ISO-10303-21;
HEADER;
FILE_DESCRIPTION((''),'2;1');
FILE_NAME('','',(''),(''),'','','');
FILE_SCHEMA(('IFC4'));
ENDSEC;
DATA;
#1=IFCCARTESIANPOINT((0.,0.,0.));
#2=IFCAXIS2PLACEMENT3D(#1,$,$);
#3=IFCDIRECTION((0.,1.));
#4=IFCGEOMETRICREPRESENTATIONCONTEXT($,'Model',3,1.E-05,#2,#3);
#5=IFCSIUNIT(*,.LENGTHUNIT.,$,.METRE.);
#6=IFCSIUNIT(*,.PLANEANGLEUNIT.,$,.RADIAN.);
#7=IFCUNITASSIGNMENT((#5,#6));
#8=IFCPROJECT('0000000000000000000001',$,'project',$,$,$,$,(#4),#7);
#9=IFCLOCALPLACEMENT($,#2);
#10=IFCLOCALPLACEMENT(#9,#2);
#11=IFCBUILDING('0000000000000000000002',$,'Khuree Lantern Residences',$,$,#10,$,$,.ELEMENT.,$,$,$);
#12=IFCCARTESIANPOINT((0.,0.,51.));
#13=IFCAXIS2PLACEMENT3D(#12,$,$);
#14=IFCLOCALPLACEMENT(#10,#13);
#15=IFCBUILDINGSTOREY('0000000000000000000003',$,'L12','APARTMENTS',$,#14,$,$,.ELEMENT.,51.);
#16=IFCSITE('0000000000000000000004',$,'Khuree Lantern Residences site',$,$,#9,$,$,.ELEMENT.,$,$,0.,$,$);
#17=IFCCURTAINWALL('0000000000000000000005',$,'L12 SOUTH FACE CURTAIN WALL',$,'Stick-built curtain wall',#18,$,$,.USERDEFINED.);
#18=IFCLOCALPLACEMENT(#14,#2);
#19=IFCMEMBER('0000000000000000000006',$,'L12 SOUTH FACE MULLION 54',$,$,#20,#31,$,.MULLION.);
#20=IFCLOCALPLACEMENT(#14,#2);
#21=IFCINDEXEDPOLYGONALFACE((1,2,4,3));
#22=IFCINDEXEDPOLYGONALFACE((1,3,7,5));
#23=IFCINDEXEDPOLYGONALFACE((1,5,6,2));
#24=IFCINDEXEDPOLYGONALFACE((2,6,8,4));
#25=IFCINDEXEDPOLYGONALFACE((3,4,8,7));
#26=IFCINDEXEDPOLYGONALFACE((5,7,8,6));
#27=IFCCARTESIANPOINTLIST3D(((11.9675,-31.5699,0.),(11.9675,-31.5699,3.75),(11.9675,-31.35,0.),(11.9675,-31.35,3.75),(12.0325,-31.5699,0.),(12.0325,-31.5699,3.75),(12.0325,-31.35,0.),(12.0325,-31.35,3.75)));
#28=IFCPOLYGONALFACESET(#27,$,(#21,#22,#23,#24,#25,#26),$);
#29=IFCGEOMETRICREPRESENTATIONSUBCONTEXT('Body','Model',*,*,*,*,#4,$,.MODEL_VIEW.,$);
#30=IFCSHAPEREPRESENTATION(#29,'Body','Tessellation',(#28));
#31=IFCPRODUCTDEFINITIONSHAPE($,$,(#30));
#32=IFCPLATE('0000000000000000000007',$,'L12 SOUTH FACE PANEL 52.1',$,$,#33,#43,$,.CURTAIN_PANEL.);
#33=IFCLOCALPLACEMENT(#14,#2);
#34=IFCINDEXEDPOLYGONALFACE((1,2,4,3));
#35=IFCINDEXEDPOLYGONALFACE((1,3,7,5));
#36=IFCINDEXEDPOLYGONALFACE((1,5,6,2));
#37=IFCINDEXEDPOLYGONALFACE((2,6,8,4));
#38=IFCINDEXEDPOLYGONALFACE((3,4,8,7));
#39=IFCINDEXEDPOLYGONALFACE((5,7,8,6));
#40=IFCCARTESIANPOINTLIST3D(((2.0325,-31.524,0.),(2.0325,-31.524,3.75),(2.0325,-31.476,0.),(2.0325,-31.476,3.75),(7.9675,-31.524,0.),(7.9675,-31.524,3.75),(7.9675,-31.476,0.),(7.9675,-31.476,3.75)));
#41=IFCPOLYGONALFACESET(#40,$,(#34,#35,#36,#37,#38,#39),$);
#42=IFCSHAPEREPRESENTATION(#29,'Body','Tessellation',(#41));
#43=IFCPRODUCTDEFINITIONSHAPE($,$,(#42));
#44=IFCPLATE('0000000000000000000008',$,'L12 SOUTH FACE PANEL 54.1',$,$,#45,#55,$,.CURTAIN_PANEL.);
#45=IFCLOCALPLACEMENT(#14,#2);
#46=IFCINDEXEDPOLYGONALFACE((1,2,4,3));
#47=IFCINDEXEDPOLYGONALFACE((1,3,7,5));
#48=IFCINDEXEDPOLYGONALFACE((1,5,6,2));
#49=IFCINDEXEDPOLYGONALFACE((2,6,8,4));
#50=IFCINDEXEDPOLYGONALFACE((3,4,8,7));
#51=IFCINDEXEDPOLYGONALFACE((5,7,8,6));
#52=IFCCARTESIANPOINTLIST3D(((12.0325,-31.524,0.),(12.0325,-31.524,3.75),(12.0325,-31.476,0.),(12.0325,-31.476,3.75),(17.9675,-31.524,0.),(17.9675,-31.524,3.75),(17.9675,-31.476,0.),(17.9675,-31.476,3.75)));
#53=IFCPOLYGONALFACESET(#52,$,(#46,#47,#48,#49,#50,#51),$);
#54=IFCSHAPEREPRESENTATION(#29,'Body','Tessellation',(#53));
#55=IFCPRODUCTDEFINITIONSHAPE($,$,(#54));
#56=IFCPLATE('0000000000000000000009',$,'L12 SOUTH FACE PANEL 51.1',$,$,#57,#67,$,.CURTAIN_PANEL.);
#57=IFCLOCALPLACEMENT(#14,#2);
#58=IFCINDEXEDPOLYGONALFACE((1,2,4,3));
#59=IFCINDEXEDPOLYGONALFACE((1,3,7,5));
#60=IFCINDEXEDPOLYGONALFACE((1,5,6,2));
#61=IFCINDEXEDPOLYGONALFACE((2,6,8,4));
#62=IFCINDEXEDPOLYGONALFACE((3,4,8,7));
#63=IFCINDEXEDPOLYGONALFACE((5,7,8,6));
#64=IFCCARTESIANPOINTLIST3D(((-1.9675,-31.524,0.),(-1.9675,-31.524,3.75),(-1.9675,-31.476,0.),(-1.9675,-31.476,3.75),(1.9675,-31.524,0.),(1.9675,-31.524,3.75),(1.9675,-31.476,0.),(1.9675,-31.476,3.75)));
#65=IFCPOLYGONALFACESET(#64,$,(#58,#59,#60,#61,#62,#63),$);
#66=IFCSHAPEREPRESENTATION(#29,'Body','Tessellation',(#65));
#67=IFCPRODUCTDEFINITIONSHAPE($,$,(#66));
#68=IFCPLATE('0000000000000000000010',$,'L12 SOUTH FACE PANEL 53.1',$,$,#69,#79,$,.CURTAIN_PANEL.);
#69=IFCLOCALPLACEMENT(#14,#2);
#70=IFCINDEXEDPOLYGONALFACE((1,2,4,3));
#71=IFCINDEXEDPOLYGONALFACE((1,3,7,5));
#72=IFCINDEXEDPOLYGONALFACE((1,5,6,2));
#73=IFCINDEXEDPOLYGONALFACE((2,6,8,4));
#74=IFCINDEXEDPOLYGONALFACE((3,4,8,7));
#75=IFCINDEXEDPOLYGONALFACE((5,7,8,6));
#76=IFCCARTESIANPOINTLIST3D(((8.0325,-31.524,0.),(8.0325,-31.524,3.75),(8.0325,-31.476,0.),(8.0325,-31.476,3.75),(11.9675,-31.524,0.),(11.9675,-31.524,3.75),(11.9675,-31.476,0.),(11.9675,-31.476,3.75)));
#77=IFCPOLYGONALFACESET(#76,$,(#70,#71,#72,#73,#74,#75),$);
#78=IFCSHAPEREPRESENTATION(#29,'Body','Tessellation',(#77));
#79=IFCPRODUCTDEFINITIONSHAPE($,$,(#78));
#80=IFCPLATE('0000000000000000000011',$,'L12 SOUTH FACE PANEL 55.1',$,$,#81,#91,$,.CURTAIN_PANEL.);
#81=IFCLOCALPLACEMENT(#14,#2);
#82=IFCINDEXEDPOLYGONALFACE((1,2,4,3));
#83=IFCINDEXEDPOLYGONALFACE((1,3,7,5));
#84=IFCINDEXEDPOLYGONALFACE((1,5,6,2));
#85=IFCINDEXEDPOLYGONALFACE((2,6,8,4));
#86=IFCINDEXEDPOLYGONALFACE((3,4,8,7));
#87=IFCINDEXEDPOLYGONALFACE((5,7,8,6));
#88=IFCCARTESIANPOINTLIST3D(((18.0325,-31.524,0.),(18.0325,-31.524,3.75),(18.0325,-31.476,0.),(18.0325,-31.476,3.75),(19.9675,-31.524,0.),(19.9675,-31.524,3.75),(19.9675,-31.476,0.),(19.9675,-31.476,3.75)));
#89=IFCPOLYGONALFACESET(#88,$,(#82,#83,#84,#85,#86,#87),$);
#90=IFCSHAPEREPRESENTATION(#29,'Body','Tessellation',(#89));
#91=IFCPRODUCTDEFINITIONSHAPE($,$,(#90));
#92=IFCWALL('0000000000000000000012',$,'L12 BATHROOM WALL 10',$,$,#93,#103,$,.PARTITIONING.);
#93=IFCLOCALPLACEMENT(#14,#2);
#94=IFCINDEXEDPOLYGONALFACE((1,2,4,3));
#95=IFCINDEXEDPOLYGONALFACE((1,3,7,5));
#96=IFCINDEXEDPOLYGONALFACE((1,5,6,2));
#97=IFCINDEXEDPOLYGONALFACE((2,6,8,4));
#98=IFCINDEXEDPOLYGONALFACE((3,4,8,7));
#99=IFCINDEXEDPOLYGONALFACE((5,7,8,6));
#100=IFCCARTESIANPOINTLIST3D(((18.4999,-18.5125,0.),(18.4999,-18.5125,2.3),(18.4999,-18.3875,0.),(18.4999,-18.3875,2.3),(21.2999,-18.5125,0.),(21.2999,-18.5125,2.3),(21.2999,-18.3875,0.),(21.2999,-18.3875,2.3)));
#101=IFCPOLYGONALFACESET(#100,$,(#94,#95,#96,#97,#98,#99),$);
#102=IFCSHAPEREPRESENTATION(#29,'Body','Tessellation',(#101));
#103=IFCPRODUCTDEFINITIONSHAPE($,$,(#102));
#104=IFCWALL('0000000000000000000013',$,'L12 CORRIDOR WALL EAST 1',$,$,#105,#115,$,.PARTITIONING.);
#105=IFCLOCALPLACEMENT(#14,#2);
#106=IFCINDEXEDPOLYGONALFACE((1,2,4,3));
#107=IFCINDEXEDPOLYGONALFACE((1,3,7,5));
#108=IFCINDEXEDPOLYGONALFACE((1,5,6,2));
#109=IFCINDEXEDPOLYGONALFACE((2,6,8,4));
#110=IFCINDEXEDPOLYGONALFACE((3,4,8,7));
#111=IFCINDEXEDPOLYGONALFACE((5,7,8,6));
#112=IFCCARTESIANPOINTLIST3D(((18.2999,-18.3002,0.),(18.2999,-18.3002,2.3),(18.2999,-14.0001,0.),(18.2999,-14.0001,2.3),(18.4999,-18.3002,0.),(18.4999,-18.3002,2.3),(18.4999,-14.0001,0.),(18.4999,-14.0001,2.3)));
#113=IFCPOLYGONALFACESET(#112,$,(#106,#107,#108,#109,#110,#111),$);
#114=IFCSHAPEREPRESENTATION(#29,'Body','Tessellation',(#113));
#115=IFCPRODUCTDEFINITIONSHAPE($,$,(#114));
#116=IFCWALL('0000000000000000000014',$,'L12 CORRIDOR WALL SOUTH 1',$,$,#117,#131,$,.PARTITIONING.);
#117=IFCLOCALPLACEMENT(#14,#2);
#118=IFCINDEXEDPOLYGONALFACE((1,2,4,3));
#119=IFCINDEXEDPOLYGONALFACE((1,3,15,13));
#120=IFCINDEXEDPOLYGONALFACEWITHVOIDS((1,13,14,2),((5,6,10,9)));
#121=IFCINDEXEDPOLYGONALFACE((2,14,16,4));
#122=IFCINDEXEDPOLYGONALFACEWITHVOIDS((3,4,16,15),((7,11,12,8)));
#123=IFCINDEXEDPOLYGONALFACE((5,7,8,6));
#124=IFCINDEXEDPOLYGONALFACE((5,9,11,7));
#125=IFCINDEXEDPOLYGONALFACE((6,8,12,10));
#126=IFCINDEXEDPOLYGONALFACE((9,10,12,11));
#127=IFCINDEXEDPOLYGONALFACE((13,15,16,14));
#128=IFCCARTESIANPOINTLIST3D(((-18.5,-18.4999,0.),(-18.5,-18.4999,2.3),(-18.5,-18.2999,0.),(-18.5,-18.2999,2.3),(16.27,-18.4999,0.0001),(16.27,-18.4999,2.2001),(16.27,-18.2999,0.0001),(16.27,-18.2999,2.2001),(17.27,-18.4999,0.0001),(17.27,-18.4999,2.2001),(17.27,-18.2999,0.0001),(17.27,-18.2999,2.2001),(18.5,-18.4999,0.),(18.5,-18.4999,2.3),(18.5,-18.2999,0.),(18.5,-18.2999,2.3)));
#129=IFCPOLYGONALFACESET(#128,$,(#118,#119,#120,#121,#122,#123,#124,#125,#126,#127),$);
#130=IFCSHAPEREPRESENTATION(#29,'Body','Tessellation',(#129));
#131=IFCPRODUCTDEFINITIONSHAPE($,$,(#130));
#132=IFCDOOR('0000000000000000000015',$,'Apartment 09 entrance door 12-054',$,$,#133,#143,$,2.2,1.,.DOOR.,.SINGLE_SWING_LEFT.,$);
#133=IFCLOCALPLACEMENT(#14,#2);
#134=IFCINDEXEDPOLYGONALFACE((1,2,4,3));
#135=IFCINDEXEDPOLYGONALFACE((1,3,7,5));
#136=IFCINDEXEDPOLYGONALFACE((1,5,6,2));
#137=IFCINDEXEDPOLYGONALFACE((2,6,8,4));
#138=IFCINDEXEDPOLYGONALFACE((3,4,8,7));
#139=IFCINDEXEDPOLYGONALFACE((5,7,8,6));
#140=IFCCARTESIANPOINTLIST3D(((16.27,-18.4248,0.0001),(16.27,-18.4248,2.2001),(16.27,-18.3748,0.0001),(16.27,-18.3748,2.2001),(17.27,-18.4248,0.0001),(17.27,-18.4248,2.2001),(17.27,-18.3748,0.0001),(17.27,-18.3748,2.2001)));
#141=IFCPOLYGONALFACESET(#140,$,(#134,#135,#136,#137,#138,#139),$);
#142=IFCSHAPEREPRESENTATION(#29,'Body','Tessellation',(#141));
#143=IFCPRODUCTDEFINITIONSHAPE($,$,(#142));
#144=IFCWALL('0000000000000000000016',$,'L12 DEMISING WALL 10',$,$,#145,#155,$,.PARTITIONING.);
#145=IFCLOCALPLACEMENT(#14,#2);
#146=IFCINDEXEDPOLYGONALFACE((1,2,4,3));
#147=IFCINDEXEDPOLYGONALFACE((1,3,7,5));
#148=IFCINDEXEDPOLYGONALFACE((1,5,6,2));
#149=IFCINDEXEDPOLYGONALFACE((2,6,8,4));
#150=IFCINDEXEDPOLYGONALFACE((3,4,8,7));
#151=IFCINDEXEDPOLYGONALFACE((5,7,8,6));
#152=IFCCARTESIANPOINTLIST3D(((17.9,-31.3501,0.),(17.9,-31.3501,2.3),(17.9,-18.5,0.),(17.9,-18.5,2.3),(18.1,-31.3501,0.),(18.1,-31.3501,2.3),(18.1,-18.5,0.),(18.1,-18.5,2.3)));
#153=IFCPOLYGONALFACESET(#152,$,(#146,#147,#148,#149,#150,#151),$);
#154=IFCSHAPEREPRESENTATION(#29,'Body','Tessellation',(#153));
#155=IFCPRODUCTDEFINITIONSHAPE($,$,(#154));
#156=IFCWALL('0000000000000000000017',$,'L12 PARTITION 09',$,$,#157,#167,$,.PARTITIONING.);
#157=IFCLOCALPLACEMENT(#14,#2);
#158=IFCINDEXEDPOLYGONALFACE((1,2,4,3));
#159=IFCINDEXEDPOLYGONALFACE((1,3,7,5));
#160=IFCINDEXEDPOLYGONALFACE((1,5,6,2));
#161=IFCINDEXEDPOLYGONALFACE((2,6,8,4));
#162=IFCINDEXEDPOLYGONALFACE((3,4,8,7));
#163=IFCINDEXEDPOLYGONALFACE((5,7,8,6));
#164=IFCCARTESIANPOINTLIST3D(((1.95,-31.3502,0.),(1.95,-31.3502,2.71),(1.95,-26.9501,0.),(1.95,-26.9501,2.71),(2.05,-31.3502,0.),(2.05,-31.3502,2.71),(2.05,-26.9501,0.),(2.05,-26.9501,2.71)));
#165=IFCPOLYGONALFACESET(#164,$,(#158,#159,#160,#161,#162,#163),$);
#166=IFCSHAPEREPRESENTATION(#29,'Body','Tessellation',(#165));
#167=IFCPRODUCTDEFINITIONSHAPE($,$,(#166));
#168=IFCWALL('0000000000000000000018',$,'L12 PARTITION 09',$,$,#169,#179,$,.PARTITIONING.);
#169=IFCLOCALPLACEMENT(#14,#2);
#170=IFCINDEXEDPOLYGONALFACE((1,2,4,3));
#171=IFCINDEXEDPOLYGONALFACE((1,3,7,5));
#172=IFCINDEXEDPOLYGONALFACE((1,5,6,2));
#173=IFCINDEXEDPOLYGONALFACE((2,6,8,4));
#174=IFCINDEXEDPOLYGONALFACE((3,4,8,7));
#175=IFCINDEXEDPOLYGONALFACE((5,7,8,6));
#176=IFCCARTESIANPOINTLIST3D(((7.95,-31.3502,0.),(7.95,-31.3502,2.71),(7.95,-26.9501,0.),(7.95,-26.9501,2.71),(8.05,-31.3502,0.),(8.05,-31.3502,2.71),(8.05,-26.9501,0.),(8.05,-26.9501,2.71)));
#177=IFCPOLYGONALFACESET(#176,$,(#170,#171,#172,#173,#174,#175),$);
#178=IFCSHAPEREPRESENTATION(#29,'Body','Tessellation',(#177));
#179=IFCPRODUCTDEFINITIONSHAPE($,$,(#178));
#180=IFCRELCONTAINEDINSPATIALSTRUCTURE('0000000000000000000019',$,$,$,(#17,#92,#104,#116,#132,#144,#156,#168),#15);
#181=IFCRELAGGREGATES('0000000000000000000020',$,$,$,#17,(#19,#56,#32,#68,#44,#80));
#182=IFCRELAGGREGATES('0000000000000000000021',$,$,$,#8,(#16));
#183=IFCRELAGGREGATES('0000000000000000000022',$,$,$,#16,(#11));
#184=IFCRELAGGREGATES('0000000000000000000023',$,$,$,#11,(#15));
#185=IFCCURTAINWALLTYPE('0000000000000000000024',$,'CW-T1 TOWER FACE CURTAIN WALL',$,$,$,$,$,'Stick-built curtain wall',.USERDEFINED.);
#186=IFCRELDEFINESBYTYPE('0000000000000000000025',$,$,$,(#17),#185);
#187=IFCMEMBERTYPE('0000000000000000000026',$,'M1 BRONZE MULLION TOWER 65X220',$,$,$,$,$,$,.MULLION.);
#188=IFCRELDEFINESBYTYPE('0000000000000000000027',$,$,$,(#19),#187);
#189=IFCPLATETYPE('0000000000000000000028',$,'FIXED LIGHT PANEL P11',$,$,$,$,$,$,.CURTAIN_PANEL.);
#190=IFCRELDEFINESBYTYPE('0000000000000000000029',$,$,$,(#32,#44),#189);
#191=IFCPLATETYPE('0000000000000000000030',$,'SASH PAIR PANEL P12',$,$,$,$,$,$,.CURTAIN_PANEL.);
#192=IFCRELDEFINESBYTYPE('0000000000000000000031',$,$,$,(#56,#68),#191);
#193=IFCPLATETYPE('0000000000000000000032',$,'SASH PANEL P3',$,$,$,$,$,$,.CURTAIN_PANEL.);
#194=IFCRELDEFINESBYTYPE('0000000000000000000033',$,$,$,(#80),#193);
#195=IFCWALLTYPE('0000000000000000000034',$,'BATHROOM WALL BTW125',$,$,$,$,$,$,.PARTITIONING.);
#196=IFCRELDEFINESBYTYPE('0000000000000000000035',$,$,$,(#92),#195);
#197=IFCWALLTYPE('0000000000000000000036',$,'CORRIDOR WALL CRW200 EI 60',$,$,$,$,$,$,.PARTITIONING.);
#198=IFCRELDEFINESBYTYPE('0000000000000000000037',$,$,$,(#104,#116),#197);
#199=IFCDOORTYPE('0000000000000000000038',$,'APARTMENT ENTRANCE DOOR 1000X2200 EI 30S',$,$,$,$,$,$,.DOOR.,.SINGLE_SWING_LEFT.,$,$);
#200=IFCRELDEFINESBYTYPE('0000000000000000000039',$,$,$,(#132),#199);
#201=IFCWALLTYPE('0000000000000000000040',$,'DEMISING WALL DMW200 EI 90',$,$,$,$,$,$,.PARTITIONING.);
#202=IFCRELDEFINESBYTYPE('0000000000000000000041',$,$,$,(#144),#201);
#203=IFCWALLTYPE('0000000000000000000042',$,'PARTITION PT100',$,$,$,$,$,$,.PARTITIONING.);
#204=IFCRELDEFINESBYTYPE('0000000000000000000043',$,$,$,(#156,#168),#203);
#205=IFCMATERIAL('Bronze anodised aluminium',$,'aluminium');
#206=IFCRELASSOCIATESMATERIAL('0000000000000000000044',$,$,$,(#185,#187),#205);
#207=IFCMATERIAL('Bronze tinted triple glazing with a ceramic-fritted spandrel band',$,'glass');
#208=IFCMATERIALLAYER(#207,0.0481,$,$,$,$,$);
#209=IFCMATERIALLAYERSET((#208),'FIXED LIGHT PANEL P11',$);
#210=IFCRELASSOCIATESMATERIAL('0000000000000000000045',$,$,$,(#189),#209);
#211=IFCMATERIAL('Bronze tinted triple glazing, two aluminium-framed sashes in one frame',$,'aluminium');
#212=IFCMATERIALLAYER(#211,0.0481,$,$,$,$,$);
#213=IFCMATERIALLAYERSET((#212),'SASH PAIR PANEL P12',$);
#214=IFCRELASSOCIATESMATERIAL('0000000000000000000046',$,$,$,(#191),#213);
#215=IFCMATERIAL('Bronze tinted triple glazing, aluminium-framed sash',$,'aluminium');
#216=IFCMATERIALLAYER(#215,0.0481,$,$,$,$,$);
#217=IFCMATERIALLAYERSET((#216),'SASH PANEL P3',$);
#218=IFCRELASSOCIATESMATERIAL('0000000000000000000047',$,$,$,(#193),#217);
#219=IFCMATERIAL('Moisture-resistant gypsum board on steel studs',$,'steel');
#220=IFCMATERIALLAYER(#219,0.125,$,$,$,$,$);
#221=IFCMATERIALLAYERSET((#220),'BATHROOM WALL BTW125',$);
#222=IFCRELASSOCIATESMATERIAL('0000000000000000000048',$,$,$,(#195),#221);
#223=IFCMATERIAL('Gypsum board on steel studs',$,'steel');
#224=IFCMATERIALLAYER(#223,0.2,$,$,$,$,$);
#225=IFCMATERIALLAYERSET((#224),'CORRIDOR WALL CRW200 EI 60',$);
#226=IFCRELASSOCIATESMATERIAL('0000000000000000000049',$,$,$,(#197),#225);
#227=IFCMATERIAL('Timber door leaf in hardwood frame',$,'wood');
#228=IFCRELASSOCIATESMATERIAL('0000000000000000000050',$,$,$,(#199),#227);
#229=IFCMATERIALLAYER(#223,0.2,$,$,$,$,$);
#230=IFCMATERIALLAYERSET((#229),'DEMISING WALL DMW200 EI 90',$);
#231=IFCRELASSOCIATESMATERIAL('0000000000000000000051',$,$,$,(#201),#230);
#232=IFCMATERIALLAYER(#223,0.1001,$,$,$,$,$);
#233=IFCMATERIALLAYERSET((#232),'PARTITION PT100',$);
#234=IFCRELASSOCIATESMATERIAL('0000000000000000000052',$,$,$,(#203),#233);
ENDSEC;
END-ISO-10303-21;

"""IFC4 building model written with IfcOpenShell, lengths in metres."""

from ifc_helpers import new_model, si_unit, direction, frame, frame_2d, origin, origin_2d, place, context, subcontext, project, spatial, rectangle, extrude, material, layer, layer_set, material_profile, profile_set, type_object, element, fill, aggregate, save


model = new_model("IFC4")

# Units and contexts
model_context = context("Model", 3, precision=1e-05, world=origin(), true_north=direction((0.0, 1.0)))
body_context = subcontext(model_context, "Body", "Model", "MODEL_VIEW")
ifc_project = project(units=[si_unit("LENGTHUNIT", "METRE"), si_unit("PLANEANGLEUNIT", "RADIAN")], contexts=[model_context])

# Site, building, storey
site_placement = place(None, origin())
site = spatial("IfcSite", under=ifc_project, at=site_placement, Name="Khuree Lantern Residences site", CompositionType="ELEMENT", RefElevation=0.0)
building_placement = place(site_placement, origin())
building = spatial("IfcBuilding", under=site, at=building_placement, Name="Khuree Lantern Residences", CompositionType="ELEMENT")
storey_placement = place(building_placement, frame((0.0, 0.0, 51.0)))
storey = spatial("IfcBuildingStorey", under=building, at=storey_placement, Name="L12", Description="APARTMENTS", CompositionType="ELEMENT", Elevation=51.0)

# Curtain wall
ifc_material_1 = material(Name="Bronze anodised aluminium", Category="aluminium")
curtain_wall_type = type_object("IfcCurtainWallType", Name="CW-T1 TOWER FACE CURTAIN WALL", ElementType="Stick-built curtain wall", PredefinedType="USERDEFINED", material=ifc_material_1)
curtain_wall_placement = place(storey_placement, origin())
curtain_wall = element("IfcCurtainWall", 1, at=curtain_wall_placement, inside=storey, type_object=curtain_wall_type, Name="L12 SOUTH FACE CURTAIN WALL", ObjectType="Stick-built curtain wall", PredefinedType="USERDEFINED")

# Member
ifc_material_profile_1 = material_profile(ifc_material_1, rectangle(XDim=0.0649, YDim=0.22, at=origin_2d()), Name="M1 65X220")
ifc_profile_set_1 = profile_set([ifc_material_profile_1], Name="Bronze anodised aluminium")
member_type_1 = type_object("IfcMemberType", Name="M1 BRONZE MULLION TOWER 65X220", PredefinedType="MULLION", material=ifc_profile_set_1)
member_1_placement = place(storey_placement, frame((12.0, -31.46, 0.0), z_axis=(0.0, 0.0, 1.0), x_axis=(1.0, 0.0, 0.0)))
member_1 = element("IfcMember", 2, at=member_1_placement, type_object=member_type_1, Name="L12 SOUTH FACE MULLION 54", PredefinedType="MULLION", context=body_context, shape_type="SweptSolid", body=[
    extrude(rectangle(XDim=0.0649, YDim=0.22, at=origin_2d()), origin(), (0.0, 0.0, 1.0), 3.75),
])

# Plates
ifc_material_2 = material(Name="Bronze tinted triple glazing with a ceramic-fritted spandrel band", Category="glass")
ifc_layer_1 = layer(ifc_material_2, 0.0481)
ifc_layer_set_1 = layer_set([ifc_layer_1], Name="FIXED LIGHT PANEL P11")
plate_type_1 = type_object("IfcPlateType", Name="FIXED LIGHT PANEL P11", PredefinedType="CURTAIN_PANEL", material=ifc_layer_set_1)
plate_1_placement = place(storey_placement, frame((5.0, -31.5, 0.0), z_axis=(0.0, 0.0, 1.0), x_axis=(1.0, 0.0, 0.0)))
plate_1 = element("IfcPlate", 3, at=plate_1_placement, type_object=plate_type_1, Name="L12 SOUTH FACE PANEL 52.1", PredefinedType="CURTAIN_PANEL", context=body_context, shape_type="SweptSolid", body=[
    extrude(rectangle(XDim=5.9351, YDim=0.0481, at=origin_2d()), origin(), (0.0, 0.0, 1.0), 3.75),
])
plate_2_placement = place(storey_placement, frame((15.0, -31.5, 0.0), z_axis=(0.0, 0.0, 1.0), x_axis=(1.0, 0.0, 0.0)))
plate_2 = element("IfcPlate", 4, at=plate_2_placement, type_object=plate_type_1, Name="L12 SOUTH FACE PANEL 54.1", PredefinedType="CURTAIN_PANEL", context=body_context, shape_type="SweptSolid", body=[
    extrude(rectangle(XDim=5.9351, YDim=0.0481, at=origin_2d()), origin(), (0.0, 0.0, 1.0), 3.75),
])
ifc_material_3 = material(Name="Bronze tinted triple glazing, two aluminium-framed sashes in one frame", Category="aluminium")
ifc_layer_2 = layer(ifc_material_3, 0.0481)
ifc_layer_set_2 = layer_set([ifc_layer_2], Name="SASH PAIR PANEL P12")
plate_type_2 = type_object("IfcPlateType", Name="SASH PAIR PANEL P12", PredefinedType="CURTAIN_PANEL", material=ifc_layer_set_2)
plate_3_placement = place(storey_placement, frame((0.0, -31.5, 0.0), z_axis=(0.0, 0.0, 1.0), x_axis=(1.0, 0.0, 0.0)))
plate_3 = element("IfcPlate", 5, at=plate_3_placement, type_object=plate_type_2, Name="L12 SOUTH FACE PANEL 51.1", PredefinedType="CURTAIN_PANEL", context=body_context, shape_type="SweptSolid", body=[
    extrude(rectangle(XDim=3.9351, YDim=0.0481, at=origin_2d()), origin(), (0.0, 0.0, 1.0), 3.75),
])
plate_4_placement = place(storey_placement, frame((10.0, -31.5, 0.0), z_axis=(0.0, 0.0, 1.0), x_axis=(1.0, 0.0, 0.0)))
plate_4 = element("IfcPlate", 6, at=plate_4_placement, type_object=plate_type_2, Name="L12 SOUTH FACE PANEL 53.1", PredefinedType="CURTAIN_PANEL", context=body_context, shape_type="SweptSolid", body=[
    extrude(rectangle(XDim=3.9351, YDim=0.0481, at=origin_2d()), origin(), (0.0, 0.0, 1.0), 3.75),
])
ifc_material_4 = material(Name="Bronze tinted triple glazing, aluminium-framed sash", Category="aluminium")
ifc_layer_3 = layer(ifc_material_4, 0.0481)
ifc_layer_set_3 = layer_set([ifc_layer_3], Name="SASH PANEL P3")
plate_type_3 = type_object("IfcPlateType", Name="SASH PANEL P3", PredefinedType="CURTAIN_PANEL", material=ifc_layer_set_3)
plate_5_placement = place(storey_placement, frame((19.0, -31.5, 0.0), z_axis=(0.0, 0.0, 1.0), x_axis=(1.0, 0.0, 0.0)))
plate_5 = element("IfcPlate", 7, at=plate_5_placement, type_object=plate_type_3, Name="L12 SOUTH FACE PANEL 55.1", PredefinedType="CURTAIN_PANEL", context=body_context, shape_type="SweptSolid", body=[
    extrude(rectangle(XDim=1.9351, YDim=0.0481, at=origin_2d()), origin(), (0.0, 0.0, 1.0), 3.75),
])
aggregate(curtain_wall, [member_1, plate_3, plate_1, plate_4, plate_2, plate_5])

# Walls
ifc_material_5 = material(Name="Moisture-resistant gypsum board on steel studs", Category="steel")
ifc_layer_4 = layer(ifc_material_5, 0.125)
ifc_layer_set_4 = layer_set([ifc_layer_4], Name="BATHROOM WALL BTW125")
wall_type_1 = type_object("IfcWallType", Name="BATHROOM WALL BTW125", PredefinedType="PARTITIONING", material=ifc_layer_set_4)
wall_1_placement = place(storey_placement, frame((18.5, -18.45, 0.0), z_axis=(0.0, 0.0, 1.0), x_axis=(1.0, 0.0, 0.0)))
element("IfcWall", 8, at=wall_1_placement, inside=storey, type_object=wall_type_1, Name="L12 BATHROOM WALL 10", PredefinedType="PARTITIONING", context=body_context, shape_type="SweptSolid", body=[
    extrude(rectangle(XDim=2.8, YDim=0.125, at=frame_2d((1.3999, 0.0))), origin(), (0.0, 0.0, 1.0), 2.3),
])
ifc_material_6 = material(Name="Gypsum board on steel studs", Category="steel")
ifc_layer_5 = layer(ifc_material_6, 0.2)
ifc_layer_set_5 = layer_set([ifc_layer_5], Name="CORRIDOR WALL CRW200 EI 60")
wall_type_2 = type_object("IfcWallType", Name="CORRIDOR WALL CRW200 EI 60", PredefinedType="PARTITIONING", material=ifc_layer_set_5)
wall_2_placement = place(storey_placement, frame((18.3999, -18.3, 0.0), z_axis=(0.0, 0.0, 1.0), x_axis=(0.0, 1.0, 0.0)))
element("IfcWall", 9, at=wall_2_placement, inside=storey, type_object=wall_type_2, Name="L12 CORRIDOR WALL EAST 1", PredefinedType="PARTITIONING", context=body_context, shape_type="SweptSolid", body=[
    extrude(rectangle(XDim=4.3, YDim=0.2, at=frame_2d((2.1499, 0.0))), origin(), (0.0, 0.0, 1.0), 2.3),
])

# Wall, opening, door
wall_3_placement = place(storey_placement, frame((18.5, -18.3999, 0.0), z_axis=(0.0, 0.0, 1.0), x_axis=(-1.0, 0.0, 0.0)))
wall_3 = element("IfcWall", 10, at=wall_3_placement, inside=storey, type_object=wall_type_2, Name="L12 CORRIDOR WALL SOUTH 1", PredefinedType="PARTITIONING", context=body_context, shape_type="SweptSolid", body=[
    extrude(rectangle(XDim=37.0, YDim=0.2, at=frame_2d((18.5, 0.0))), origin(), (0.0, 0.0, 1.0), 2.3),
])
opening_1_placement = place(wall_3_placement, frame((1.23, 0.0, 0.0)))
opening_1 = element("IfcOpeningElement", 11, at=opening_1_placement, cuts=wall_3, PredefinedType="OPENING", context=body_context, shape_type="SweptSolid", body=[
    extrude(rectangle(XDim=1.0, YDim=2.2, at=frame_2d((0.5, 1.1001))), frame((0.0, 0.1099, 0.0), z_axis=(0.0, -1.0, 0.0), x_axis=(1.0, 0.0, 0.0)), (0.0, 0.0, 1.0), 0.22),
])
ifc_material_7 = material(Name="Timber door leaf in hardwood frame", Category="wood")
door_type_1 = type_object("IfcDoorType", Name="APARTMENT ENTRANCE DOOR 1000X2200 EI 30S", OperationType="SINGLE_SWING_LEFT", PredefinedType="DOOR", material=ifc_material_7)
door_1_placement = place(opening_1_placement, origin())
door_1 = element("IfcDoor", 12, at=door_1_placement, inside=storey, type_object=door_type_1, Name="Apartment 09 entrance door 12-054", OperationType="SINGLE_SWING_LEFT", OverallHeight=2.2, OverallWidth=1.0, PredefinedType="DOOR", context=body_context, shape_type="SweptSolid", body=[
    extrude(rectangle(XDim=1.0, YDim=2.2, at=frame_2d((0.5, 1.1001))), frame((0.0, 0.0249, 0.0), z_axis=(0.0, -1.0, 0.0), x_axis=(1.0, 0.0, 0.0)), (0.0, 0.0, 1.0), 0.05),
])
fill(opening_1, door_1)

# Walls
ifc_layer_6 = layer(ifc_material_6, 0.2)
ifc_layer_set_6 = layer_set([ifc_layer_6], Name="DEMISING WALL DMW200 EI 90")
wall_type_3 = type_object("IfcWallType", Name="DEMISING WALL DMW200 EI 90", PredefinedType="PARTITIONING", material=ifc_layer_set_6)
wall_4_placement = place(storey_placement, frame((18.0, -18.5, 0.0), z_axis=(0.0, 0.0, 1.0), x_axis=(0.0, -1.0, 0.0)))
element("IfcWall", 13, at=wall_4_placement, inside=storey, type_object=wall_type_3, Name="L12 DEMISING WALL 10", PredefinedType="PARTITIONING", context=body_context, shape_type="SweptSolid", body=[
    extrude(rectangle(XDim=12.8501, YDim=0.2, at=frame_2d((6.425, 0.0))), origin(), (0.0, 0.0, 1.0), 2.3),
])
ifc_layer_7 = layer(ifc_material_6, 0.1001)
ifc_layer_set_7 = layer_set([ifc_layer_7], Name="PARTITION PT100")
wall_type_4 = type_object("IfcWallType", Name="PARTITION PT100", PredefinedType="PARTITIONING", material=ifc_layer_set_7)
for number, where, z_axis, x_axis, name in (
    (14, (2.0, -26.95, 0.0), (0.0, 0.0, 1.0), (0.0, -1.0, 0.0), "L12 PARTITION 09"),
    (15, (8.0, -26.95, 0.0), (0.0, 0.0, 1.0), (0.0, -1.0, 0.0), "L12 PARTITION 09"),
):
    element("IfcWall", number, at=place(storey_placement, frame(where, z_axis=z_axis, x_axis=x_axis)), inside=storey, type_object=wall_type_4, Name=name, PredefinedType="PARTITIONING", context=body_context, shape_type="SweptSolid", body=[
        extrude(rectangle(XDim=4.4001, YDim=0.1001, at=frame_2d((2.2002, 0.0))), origin(), (0.0, 0.0, 1.0), 2.71),
    ])

save(model, "model.ifc")
